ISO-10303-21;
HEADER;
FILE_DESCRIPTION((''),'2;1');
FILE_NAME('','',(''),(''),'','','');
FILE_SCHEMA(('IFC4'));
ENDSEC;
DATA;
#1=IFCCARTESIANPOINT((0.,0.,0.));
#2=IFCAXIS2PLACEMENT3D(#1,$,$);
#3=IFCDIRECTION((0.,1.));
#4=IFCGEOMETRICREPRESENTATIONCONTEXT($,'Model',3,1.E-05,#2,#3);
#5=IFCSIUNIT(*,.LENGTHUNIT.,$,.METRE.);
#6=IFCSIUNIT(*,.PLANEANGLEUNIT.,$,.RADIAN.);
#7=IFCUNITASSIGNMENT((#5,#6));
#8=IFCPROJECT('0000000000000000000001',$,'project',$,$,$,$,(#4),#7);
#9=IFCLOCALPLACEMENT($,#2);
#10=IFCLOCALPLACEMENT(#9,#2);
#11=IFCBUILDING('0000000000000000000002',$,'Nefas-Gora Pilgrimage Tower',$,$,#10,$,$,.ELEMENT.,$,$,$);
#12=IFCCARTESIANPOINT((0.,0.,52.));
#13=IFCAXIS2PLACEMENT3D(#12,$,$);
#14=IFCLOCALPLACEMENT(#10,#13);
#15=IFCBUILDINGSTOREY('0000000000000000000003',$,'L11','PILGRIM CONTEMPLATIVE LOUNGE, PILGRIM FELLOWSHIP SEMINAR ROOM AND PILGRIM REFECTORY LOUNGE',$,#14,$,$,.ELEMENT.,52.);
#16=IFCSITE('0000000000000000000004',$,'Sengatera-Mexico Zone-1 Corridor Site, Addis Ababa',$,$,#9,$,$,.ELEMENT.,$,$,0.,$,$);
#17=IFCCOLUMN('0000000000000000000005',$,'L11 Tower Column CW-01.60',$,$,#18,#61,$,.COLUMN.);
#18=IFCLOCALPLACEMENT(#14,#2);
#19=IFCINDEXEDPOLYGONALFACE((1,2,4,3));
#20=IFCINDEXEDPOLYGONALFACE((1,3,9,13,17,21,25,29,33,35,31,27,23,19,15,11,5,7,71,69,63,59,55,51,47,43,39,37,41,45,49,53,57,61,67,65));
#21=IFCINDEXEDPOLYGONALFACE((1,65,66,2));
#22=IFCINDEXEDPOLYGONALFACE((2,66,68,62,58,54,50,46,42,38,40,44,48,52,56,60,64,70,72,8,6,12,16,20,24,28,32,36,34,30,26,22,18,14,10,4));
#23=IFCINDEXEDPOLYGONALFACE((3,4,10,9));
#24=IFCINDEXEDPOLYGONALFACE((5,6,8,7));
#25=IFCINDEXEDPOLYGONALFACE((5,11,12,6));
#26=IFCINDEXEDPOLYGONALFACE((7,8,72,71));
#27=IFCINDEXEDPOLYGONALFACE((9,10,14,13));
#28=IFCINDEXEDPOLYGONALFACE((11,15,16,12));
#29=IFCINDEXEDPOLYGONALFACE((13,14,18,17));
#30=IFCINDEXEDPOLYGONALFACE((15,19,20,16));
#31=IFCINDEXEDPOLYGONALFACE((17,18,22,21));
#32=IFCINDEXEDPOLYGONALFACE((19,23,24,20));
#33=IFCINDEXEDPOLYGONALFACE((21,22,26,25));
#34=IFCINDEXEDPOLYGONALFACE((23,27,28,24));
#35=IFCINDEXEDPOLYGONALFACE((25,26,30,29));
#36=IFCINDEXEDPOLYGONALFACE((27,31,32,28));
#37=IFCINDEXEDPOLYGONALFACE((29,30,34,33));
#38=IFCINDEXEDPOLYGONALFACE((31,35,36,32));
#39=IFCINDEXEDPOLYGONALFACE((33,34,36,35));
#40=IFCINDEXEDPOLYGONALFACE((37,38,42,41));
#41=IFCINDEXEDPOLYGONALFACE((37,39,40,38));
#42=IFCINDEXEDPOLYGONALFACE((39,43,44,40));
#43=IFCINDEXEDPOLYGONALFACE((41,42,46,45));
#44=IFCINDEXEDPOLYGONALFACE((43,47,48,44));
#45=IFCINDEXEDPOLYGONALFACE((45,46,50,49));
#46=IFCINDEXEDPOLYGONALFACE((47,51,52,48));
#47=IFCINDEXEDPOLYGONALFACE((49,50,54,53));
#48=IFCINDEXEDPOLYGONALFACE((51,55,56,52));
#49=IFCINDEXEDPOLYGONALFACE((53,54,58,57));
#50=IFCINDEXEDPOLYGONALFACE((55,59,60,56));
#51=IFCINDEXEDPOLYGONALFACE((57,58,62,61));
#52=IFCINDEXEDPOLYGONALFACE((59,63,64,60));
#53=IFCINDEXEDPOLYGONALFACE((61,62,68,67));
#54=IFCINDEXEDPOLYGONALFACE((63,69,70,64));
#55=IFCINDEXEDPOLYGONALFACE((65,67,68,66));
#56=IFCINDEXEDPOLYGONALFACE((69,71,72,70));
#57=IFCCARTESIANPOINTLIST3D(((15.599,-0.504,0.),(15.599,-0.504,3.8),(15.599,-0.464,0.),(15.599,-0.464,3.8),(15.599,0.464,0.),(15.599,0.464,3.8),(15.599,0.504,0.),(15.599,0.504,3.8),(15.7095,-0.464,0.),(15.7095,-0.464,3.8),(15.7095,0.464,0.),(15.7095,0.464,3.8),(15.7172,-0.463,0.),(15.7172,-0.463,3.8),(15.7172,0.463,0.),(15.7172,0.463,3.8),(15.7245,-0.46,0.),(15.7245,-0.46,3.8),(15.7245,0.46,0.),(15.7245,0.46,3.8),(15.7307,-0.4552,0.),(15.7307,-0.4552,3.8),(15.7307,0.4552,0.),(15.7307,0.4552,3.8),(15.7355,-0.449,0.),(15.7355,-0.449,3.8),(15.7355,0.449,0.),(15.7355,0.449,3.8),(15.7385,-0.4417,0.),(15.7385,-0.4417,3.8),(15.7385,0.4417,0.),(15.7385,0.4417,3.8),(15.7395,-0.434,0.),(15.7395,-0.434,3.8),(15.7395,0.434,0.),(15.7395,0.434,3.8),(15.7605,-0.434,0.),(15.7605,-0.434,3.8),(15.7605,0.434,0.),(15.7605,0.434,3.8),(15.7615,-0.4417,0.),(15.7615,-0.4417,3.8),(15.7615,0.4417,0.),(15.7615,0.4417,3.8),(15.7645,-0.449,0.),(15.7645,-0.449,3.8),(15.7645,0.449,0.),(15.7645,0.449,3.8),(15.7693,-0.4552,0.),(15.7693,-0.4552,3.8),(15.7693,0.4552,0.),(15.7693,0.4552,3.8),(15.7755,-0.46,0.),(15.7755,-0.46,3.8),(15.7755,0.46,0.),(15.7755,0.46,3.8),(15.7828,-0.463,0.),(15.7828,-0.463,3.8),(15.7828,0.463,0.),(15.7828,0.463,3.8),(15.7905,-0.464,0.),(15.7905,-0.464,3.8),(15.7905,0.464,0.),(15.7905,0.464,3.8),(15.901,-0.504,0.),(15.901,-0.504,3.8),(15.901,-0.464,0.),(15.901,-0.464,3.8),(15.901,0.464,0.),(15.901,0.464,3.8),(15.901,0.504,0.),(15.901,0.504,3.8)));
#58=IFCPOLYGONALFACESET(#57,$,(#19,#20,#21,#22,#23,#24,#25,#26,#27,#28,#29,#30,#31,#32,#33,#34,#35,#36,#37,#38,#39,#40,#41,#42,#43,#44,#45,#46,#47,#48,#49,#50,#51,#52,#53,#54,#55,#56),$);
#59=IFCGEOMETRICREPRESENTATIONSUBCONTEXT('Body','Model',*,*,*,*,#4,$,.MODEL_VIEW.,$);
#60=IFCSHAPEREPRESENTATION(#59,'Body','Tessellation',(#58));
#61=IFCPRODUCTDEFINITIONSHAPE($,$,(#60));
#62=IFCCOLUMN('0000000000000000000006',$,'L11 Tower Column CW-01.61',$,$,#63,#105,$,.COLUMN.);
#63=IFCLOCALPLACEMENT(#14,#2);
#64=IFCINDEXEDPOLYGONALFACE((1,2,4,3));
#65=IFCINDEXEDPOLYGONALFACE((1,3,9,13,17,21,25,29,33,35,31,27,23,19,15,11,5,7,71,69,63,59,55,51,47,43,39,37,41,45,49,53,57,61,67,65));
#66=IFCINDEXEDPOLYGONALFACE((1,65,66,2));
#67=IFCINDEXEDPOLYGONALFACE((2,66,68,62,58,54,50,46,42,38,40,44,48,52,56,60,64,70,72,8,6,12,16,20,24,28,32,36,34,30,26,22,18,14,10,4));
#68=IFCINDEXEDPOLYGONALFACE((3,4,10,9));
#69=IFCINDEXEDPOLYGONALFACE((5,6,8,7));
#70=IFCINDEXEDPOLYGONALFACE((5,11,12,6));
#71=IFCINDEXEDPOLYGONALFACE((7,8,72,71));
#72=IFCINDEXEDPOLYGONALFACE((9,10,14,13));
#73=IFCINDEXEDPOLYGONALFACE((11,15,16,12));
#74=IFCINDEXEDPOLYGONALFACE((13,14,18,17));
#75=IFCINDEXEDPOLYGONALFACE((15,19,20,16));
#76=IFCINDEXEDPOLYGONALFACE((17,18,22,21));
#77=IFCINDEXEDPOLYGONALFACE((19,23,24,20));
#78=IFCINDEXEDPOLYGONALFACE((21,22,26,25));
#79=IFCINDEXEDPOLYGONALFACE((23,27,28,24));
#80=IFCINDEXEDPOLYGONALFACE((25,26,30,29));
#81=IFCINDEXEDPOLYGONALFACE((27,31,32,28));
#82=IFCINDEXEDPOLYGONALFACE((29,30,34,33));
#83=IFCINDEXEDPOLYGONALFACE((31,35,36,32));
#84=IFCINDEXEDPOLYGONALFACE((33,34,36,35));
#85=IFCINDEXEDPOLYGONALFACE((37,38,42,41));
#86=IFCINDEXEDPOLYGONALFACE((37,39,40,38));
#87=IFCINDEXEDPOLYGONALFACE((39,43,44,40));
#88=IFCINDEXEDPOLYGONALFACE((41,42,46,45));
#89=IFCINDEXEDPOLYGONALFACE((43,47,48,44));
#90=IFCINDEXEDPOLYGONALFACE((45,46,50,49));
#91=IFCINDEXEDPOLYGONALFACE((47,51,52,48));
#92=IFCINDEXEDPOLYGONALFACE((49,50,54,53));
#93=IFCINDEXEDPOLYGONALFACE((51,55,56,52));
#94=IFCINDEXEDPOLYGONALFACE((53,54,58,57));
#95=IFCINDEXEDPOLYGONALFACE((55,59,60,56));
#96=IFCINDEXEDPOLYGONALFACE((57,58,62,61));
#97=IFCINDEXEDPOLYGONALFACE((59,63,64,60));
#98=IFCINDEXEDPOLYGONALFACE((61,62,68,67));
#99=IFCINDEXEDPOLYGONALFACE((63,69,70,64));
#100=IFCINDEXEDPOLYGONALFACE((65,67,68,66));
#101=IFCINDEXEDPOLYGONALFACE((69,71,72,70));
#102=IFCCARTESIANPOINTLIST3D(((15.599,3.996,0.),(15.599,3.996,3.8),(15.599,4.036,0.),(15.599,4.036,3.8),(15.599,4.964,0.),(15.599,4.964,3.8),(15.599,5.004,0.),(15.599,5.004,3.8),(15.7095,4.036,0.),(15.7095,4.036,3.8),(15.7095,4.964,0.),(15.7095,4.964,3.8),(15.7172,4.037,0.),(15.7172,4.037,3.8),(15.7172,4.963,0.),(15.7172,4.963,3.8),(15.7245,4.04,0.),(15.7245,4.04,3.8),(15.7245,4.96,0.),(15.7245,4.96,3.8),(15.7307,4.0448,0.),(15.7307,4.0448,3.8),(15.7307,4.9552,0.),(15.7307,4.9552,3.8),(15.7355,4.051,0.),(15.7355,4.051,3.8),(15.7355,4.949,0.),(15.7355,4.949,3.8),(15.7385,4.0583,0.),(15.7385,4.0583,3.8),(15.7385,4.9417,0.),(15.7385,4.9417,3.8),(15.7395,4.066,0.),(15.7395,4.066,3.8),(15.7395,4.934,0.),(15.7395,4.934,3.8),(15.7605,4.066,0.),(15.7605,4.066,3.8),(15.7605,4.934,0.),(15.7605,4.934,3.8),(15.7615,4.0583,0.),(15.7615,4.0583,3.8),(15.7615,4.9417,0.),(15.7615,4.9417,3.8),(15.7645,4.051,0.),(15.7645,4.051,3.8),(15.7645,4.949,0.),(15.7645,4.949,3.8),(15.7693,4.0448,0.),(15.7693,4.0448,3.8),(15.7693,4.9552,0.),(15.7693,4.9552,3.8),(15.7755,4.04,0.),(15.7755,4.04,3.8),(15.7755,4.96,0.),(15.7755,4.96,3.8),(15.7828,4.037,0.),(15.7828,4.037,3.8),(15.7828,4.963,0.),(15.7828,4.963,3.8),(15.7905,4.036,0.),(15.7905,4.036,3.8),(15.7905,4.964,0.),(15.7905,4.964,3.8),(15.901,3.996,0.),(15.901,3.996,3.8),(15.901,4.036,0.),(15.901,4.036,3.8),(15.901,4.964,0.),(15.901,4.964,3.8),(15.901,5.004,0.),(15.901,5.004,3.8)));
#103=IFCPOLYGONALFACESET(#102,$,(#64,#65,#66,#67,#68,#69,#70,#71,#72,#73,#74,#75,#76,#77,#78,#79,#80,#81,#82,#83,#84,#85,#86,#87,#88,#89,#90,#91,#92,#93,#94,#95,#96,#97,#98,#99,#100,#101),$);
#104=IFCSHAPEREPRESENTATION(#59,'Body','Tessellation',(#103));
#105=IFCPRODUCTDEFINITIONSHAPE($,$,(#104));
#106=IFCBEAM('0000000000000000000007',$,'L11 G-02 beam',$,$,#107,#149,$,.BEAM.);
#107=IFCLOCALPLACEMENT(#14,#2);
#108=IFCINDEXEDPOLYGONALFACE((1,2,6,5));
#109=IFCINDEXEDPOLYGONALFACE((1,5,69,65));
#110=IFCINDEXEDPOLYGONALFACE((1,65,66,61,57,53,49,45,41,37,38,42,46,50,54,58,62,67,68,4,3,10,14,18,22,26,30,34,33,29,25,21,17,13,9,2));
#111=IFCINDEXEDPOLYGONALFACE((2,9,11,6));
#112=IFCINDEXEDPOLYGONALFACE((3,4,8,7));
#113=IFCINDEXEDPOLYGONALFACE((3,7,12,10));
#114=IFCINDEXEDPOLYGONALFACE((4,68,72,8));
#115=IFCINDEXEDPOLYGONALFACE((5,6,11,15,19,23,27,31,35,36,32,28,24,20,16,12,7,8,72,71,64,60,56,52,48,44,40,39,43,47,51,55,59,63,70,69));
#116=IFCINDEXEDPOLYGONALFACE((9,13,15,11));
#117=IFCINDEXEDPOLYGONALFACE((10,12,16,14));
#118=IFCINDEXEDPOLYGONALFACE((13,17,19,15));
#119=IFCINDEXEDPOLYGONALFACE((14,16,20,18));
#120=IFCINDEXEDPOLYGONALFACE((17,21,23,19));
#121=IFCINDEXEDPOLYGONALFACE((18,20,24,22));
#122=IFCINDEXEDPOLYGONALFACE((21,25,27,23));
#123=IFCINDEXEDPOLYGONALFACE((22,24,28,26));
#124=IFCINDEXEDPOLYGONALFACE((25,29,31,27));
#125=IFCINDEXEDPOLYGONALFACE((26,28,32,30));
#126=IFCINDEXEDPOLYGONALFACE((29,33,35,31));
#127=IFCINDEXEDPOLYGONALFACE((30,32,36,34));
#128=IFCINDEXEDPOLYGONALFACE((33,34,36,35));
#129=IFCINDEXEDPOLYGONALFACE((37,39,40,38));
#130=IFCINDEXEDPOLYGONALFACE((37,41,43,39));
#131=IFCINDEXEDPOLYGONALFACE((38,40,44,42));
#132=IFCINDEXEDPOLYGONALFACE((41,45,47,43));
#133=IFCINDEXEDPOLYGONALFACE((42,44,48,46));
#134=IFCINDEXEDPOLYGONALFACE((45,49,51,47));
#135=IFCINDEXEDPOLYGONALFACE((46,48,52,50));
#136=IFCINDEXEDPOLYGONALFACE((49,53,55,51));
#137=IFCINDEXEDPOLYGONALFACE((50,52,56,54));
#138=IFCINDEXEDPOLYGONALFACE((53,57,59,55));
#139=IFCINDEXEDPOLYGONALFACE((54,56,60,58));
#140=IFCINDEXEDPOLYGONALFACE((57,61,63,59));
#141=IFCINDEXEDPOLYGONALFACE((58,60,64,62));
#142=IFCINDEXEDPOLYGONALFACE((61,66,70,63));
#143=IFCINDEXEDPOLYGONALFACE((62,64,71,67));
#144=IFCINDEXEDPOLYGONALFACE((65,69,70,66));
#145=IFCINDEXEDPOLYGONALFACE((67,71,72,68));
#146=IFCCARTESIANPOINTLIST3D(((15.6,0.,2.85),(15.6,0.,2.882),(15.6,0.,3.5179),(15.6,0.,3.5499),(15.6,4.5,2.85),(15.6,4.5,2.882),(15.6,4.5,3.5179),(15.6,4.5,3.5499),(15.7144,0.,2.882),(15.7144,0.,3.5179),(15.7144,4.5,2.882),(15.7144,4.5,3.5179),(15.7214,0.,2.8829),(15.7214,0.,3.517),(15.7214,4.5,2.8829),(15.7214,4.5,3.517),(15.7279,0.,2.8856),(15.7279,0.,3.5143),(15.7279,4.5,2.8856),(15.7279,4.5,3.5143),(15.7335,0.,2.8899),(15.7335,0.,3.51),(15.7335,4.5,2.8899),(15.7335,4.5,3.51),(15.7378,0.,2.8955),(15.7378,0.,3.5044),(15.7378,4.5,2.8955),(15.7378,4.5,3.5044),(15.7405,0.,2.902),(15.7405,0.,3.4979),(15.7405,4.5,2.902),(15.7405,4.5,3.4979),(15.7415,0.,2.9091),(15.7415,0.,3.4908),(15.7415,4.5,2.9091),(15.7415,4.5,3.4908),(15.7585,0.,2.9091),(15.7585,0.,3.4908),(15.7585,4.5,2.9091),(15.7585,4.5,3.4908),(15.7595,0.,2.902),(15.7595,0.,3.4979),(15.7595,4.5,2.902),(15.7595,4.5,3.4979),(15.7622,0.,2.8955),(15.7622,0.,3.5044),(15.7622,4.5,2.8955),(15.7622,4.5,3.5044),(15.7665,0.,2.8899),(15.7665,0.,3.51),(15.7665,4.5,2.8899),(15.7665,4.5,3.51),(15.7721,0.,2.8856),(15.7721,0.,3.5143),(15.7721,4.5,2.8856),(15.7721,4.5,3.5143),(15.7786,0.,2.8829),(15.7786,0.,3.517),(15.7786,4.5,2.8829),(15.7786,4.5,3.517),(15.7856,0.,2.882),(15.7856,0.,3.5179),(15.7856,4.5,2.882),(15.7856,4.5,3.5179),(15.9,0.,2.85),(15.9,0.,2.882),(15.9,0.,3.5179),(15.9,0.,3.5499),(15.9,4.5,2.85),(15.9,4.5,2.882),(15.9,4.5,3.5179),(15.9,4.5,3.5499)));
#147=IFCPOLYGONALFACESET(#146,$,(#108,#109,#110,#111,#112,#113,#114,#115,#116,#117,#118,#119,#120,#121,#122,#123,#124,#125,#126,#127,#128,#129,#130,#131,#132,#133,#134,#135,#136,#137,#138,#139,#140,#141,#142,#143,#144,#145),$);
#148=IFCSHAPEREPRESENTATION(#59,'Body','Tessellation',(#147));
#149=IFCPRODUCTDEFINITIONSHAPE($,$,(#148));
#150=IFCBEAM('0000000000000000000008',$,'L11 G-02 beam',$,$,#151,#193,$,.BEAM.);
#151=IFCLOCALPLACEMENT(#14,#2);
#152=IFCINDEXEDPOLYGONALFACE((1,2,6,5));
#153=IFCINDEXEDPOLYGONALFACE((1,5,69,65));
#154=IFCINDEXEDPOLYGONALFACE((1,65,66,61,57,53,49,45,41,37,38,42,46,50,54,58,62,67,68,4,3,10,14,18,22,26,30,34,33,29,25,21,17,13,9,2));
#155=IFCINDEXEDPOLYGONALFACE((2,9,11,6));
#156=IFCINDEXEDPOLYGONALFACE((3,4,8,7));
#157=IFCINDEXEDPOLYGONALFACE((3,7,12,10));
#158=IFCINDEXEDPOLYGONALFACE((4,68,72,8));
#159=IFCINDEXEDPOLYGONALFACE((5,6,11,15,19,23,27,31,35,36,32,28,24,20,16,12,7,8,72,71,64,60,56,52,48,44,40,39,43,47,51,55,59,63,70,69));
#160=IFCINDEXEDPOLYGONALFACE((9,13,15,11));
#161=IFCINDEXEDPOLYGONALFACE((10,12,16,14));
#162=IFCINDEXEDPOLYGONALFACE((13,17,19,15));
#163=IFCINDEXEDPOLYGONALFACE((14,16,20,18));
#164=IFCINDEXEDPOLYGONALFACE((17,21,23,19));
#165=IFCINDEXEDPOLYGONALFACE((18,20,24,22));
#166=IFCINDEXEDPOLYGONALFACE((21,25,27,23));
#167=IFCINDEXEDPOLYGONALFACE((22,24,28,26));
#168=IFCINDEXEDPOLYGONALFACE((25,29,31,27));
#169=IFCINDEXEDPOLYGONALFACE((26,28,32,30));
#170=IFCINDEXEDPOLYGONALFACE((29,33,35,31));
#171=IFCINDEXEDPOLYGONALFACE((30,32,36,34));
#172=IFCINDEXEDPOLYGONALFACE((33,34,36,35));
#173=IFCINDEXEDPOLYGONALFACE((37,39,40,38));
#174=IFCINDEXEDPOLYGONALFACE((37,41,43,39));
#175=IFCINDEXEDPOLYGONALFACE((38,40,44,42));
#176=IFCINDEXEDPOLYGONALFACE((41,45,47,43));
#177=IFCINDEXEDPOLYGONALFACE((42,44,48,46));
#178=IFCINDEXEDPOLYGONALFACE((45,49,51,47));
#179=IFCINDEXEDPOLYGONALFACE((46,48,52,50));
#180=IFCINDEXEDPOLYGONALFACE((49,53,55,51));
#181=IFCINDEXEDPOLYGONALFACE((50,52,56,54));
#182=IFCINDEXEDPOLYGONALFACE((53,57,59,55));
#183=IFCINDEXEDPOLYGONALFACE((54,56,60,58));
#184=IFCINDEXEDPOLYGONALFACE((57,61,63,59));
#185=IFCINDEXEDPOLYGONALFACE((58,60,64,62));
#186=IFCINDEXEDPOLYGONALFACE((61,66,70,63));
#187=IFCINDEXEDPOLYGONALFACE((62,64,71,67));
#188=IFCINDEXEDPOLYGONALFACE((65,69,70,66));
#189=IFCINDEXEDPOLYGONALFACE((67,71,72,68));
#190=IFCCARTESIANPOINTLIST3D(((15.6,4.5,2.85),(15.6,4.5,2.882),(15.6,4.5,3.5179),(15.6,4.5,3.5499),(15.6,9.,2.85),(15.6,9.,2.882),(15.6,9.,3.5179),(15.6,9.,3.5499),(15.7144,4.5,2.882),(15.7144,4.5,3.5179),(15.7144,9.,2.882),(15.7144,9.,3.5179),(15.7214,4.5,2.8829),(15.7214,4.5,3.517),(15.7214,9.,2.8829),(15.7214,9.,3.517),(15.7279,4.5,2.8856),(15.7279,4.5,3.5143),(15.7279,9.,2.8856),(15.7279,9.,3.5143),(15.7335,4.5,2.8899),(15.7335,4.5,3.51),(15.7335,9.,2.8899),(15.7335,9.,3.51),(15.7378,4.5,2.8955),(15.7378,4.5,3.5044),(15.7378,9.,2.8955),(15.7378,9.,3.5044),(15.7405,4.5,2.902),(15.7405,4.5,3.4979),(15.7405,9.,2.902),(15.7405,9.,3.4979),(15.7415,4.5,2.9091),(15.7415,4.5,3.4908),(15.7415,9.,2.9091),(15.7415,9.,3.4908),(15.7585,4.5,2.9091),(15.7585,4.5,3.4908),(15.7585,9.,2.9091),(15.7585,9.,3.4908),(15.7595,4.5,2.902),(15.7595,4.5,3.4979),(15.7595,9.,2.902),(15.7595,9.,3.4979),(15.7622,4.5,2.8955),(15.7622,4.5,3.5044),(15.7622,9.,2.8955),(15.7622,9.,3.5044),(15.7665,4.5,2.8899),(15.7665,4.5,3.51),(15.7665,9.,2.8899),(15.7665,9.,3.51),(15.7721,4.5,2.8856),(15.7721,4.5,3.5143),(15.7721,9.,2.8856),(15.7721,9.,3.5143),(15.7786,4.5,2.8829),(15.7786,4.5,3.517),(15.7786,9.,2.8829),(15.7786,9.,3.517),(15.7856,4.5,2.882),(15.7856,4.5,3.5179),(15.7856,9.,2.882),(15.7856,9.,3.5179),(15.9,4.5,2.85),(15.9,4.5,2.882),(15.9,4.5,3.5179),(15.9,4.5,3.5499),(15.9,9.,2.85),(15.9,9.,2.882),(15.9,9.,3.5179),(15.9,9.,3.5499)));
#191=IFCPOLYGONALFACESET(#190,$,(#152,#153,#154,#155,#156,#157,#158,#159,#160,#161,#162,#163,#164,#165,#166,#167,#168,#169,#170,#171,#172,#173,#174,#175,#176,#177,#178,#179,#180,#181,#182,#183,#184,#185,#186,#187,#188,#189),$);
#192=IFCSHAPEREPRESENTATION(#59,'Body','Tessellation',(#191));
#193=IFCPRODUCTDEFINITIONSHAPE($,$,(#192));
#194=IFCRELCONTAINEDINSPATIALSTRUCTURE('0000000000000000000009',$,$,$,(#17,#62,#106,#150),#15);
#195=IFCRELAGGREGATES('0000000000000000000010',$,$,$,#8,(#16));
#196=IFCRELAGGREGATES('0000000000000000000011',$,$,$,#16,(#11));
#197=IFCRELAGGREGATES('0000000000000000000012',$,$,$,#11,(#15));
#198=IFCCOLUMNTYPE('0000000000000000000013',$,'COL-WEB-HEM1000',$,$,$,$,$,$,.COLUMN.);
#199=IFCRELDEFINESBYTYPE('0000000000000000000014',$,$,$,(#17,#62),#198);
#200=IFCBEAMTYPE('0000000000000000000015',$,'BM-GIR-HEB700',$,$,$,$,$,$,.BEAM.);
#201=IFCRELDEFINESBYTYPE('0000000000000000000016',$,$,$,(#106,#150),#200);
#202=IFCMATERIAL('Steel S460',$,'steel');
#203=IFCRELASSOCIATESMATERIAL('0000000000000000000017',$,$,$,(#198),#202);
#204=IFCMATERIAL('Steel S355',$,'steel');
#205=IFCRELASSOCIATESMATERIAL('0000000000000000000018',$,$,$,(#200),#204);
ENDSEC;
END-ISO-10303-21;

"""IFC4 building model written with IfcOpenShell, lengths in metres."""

from ifc_helpers import new_model, si_unit, direction, frame, origin, origin_2d, place, context, subcontext, project, spatial, i_section, extrude, source, transform, mapped, material, material_profile, profile_set, type_object, element, save


model = new_model("IFC4")

# Units and contexts
model_context = context("Model", 3, precision=1e-05, world=origin(), true_north=direction((0.0, 1.0)))
body_context = subcontext(model_context, "Body", "Model", "MODEL_VIEW")
ifc_project = project(units=[si_unit("LENGTHUNIT", "METRE"), si_unit("PLANEANGLEUNIT", "RADIAN")], contexts=[model_context])

# Site, building, storey
site_placement = place(None, origin())
site = spatial("IfcSite", under=ifc_project, at=site_placement, Name="Sengatera-Mexico Zone-1 Corridor Site, Addis Ababa", CompositionType="ELEMENT", RefElevation=0.0)
building_placement = place(site_placement, origin())
building = spatial("IfcBuilding", under=site, at=building_placement, Name="Nefas-Gora Pilgrimage Tower", CompositionType="ELEMENT")
storey_placement = place(building_placement, frame((0.0, 0.0, 52.0)))
storey = spatial("IfcBuildingStorey", under=building, at=storey_placement, Name="L11", Description="PILGRIM CONTEMPLATIVE LOUNGE, PILGRIM FELLOWSHIP SEMINAR ROOM AND PILGRIM REFECTORY LOUNGE", CompositionType="ELEMENT", Elevation=52.0)

# Columns
ifc_material_1 = material(Name="Steel S460", Category="steel")
ifc_material_profile_1 = material_profile(ifc_material_1, i_section(OverallWidth=0.302, OverallDepth=1.0081, WebThickness=0.021, FlangeThickness=0.04, FilletRadius=0.03, at=origin_2d()), Name="HEM 1000")
ifc_profile_set_1 = profile_set([ifc_material_profile_1], Name="Steel S460")
column_type = type_object("IfcColumnType", Name="COL-WEB-HEM1000", PredefinedType="COLUMN", material=ifc_profile_set_1)
shared_shape_1 = source(origin(), body_context, "Body", "SweptSolid", [
    extrude(i_section(OverallWidth=0.302, OverallDepth=1.0081, WebThickness=0.021, FlangeThickness=0.04, FilletRadius=0.03, at=origin_2d()), origin(), (0.0, 0.0, 1.0), 3.8),
])
for number, where, z_axis, x_axis, name in (
    (1, (15.75, 0.0, 0.0), (0.0, 0.0, 1.0), (1.0, 0.0, 0.0), "L11 Tower Column CW-01.60"),
    (2, (15.75, 4.5, 0.0), (0.0, 0.0, 1.0), (1.0, 0.0, 0.0), "L11 Tower Column CW-01.61"),
):
    element("IfcColumn", number, at=place(storey_placement, frame(where, z_axis=z_axis, x_axis=x_axis)), inside=storey, type_object=column_type, Name=name, PredefinedType="COLUMN", context=body_context, shape_type="MappedRepresentation", body=[
        mapped(shared_shape_1, transform((0.0, 0.0, 0.0), x_axis=(1.0, 0.0, 0.0), y_axis=(0.0, 1.0, 0.0), z_axis=(0.0, 0.0, 1.0), scale=1.0)),
    ])

# Beams
ifc_material_2 = material(Name="Steel S355", Category="steel")
ifc_material_profile_2 = material_profile(ifc_material_2, i_section(OverallWidth=0.3, OverallDepth=0.7, WebThickness=0.0171, FlangeThickness=0.032, FilletRadius=0.0271, at=origin_2d()), Name="HEB 700")
ifc_profile_set_2 = profile_set([ifc_material_profile_2], Name="Steel S355")
beam_type = type_object("IfcBeamType", Name="BM-GIR-HEB700", PredefinedType="BEAM", material=ifc_profile_set_2)
shared_shape_2 = source(origin(), body_context, "Body", "SweptSolid", [
    extrude(i_section(OverallWidth=0.3, OverallDepth=0.7, WebThickness=0.0171, FlangeThickness=0.032, FilletRadius=0.0271, at=origin_2d()), origin(), (0.0, 0.0, 1.0), 4.5),
])
for number, where, z_axis, x_axis, name in (
    (3, (15.75, 0.0, 3.2), (0.0, 1.0, 0.0), (-1.0, 0.0, 0.0), "L11 G-02 beam"),
    (4, (15.75, 4.5, 3.2), (0.0, 1.0, 0.0), (-1.0, 0.0, 0.0), "L11 G-02 beam"),
):
    element("IfcBeam", number, at=place(storey_placement, frame(where, z_axis=z_axis, x_axis=x_axis)), inside=storey, type_object=beam_type, Name=name, PredefinedType="BEAM", context=body_context, shape_type="MappedRepresentation", body=[
        mapped(shared_shape_2, transform((0.0, 0.0, 0.0), x_axis=(1.0, 0.0, 0.0), y_axis=(0.0, 1.0, 0.0), z_axis=(0.0, 0.0, 1.0), scale=1.0)),
    ])

save(model, "model.ifc")
